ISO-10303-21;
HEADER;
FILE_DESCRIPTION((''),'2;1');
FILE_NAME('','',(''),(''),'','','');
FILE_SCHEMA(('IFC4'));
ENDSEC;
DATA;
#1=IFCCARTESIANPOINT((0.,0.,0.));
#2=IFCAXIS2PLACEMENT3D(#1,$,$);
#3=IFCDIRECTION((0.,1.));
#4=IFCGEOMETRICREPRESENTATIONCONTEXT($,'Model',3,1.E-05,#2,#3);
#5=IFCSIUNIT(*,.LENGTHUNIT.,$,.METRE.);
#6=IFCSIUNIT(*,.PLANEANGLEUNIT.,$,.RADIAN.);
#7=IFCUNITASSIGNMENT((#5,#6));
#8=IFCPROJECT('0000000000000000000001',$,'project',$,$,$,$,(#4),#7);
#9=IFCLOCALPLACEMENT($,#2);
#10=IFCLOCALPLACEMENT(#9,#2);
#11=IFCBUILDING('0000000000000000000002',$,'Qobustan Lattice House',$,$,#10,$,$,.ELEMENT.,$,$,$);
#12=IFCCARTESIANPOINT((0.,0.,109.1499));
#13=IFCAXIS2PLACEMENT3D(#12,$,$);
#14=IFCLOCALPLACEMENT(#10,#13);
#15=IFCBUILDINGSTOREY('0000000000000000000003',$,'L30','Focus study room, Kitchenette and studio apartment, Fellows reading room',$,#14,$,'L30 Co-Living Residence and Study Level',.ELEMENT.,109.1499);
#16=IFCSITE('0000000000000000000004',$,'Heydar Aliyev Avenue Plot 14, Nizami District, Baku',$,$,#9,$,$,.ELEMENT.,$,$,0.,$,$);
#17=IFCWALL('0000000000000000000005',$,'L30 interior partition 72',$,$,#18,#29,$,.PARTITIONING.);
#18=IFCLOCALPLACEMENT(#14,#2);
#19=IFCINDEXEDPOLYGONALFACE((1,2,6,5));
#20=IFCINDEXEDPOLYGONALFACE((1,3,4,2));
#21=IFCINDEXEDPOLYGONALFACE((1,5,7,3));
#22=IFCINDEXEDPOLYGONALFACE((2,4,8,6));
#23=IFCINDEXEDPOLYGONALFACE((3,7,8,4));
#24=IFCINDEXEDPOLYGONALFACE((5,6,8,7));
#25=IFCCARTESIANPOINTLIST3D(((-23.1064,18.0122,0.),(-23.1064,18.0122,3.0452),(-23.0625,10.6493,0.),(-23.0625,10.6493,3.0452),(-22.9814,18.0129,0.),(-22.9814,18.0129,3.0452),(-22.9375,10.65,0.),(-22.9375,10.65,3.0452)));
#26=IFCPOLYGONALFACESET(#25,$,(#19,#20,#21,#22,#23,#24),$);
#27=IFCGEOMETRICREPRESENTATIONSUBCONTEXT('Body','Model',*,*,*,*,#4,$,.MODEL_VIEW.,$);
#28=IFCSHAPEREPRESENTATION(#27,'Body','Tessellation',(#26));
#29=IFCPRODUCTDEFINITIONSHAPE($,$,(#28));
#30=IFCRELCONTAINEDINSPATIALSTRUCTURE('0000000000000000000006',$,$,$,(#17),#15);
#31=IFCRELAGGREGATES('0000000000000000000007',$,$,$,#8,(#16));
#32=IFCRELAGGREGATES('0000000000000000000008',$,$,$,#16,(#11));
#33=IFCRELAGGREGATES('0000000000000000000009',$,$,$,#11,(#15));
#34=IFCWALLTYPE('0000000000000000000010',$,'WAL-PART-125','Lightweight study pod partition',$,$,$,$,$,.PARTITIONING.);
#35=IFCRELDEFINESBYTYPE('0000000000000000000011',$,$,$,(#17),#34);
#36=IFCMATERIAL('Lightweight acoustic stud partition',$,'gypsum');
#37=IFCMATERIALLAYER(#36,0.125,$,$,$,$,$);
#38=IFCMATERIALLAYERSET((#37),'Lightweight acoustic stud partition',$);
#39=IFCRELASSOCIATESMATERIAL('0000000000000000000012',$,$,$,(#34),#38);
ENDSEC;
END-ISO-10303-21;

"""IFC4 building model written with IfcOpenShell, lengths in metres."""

from ifc_helpers import new_model, si_unit, direction, frame, frame_2d, origin, place, context, subcontext, project, spatial, rectangle, extrude, material, layer, layer_set, type_object, element, save


model = new_model("IFC4")

# Units and contexts
model_context = context("Model", 3, precision=1e-05, world=origin(), true_north=direction((0.0, 1.0)))
body_context = subcontext(model_context, "Body", "Model", "MODEL_VIEW")
ifc_project = project(units=[si_unit("LENGTHUNIT", "METRE"), si_unit("PLANEANGLEUNIT", "RADIAN")], contexts=[model_context])

# Site, building, storey
site_placement = place(None, origin())
site = spatial("IfcSite", under=ifc_project, at=site_placement, Name="Heydar Aliyev Avenue Plot 14, Nizami District, Baku", CompositionType="ELEMENT", RefElevation=0.0)
building_placement = place(site_placement, origin())
building = spatial("IfcBuilding", under=site, at=building_placement, Name="Qobustan Lattice House", CompositionType="ELEMENT")
storey_placement = place(building_placement, frame((0.0, 0.0, 109.1499)))
storey = spatial("IfcBuildingStorey", under=building, at=storey_placement, Name="L30", Description="Focus study room, Kitchenette and studio apartment, Fellows reading room", LongName="L30 Co-Living Residence and Study Level", CompositionType="ELEMENT", Elevation=109.1499)

# Wall
ifc_material_1 = material(Name="Lightweight acoustic stud partition", Category="gypsum")
ifc_layer_1 = layer(ifc_material_1, 0.125)
ifc_layer_set_1 = layer_set([ifc_layer_1], Name="Lightweight acoustic stud partition")
wall_type_1 = type_object("IfcWallType", Name="WAL-PART-125", Description="Lightweight study pod partition", PredefinedType="PARTITIONING", material=ifc_layer_set_1)
wall_1_placement = place(storey_placement, frame((-23.0439, 18.0127, 0.0), z_axis=(0.0, 0.0, 1.0), x_axis=(0.005968, -0.999982, 0.0)))
element("IfcWall", 1, at=wall_1_placement, inside=storey, type_object=wall_type_1, Name="L30 interior partition 72", PredefinedType="PARTITIONING", context=body_context, shape_type="SweptSolid", body=[
    extrude(rectangle(XDim=7.363, YDim=0.125, at=frame_2d((3.6816, 0.0))), origin(), (0.0, 0.0, 1.0), 3.0452),
])

save(model, "model.ifc")
